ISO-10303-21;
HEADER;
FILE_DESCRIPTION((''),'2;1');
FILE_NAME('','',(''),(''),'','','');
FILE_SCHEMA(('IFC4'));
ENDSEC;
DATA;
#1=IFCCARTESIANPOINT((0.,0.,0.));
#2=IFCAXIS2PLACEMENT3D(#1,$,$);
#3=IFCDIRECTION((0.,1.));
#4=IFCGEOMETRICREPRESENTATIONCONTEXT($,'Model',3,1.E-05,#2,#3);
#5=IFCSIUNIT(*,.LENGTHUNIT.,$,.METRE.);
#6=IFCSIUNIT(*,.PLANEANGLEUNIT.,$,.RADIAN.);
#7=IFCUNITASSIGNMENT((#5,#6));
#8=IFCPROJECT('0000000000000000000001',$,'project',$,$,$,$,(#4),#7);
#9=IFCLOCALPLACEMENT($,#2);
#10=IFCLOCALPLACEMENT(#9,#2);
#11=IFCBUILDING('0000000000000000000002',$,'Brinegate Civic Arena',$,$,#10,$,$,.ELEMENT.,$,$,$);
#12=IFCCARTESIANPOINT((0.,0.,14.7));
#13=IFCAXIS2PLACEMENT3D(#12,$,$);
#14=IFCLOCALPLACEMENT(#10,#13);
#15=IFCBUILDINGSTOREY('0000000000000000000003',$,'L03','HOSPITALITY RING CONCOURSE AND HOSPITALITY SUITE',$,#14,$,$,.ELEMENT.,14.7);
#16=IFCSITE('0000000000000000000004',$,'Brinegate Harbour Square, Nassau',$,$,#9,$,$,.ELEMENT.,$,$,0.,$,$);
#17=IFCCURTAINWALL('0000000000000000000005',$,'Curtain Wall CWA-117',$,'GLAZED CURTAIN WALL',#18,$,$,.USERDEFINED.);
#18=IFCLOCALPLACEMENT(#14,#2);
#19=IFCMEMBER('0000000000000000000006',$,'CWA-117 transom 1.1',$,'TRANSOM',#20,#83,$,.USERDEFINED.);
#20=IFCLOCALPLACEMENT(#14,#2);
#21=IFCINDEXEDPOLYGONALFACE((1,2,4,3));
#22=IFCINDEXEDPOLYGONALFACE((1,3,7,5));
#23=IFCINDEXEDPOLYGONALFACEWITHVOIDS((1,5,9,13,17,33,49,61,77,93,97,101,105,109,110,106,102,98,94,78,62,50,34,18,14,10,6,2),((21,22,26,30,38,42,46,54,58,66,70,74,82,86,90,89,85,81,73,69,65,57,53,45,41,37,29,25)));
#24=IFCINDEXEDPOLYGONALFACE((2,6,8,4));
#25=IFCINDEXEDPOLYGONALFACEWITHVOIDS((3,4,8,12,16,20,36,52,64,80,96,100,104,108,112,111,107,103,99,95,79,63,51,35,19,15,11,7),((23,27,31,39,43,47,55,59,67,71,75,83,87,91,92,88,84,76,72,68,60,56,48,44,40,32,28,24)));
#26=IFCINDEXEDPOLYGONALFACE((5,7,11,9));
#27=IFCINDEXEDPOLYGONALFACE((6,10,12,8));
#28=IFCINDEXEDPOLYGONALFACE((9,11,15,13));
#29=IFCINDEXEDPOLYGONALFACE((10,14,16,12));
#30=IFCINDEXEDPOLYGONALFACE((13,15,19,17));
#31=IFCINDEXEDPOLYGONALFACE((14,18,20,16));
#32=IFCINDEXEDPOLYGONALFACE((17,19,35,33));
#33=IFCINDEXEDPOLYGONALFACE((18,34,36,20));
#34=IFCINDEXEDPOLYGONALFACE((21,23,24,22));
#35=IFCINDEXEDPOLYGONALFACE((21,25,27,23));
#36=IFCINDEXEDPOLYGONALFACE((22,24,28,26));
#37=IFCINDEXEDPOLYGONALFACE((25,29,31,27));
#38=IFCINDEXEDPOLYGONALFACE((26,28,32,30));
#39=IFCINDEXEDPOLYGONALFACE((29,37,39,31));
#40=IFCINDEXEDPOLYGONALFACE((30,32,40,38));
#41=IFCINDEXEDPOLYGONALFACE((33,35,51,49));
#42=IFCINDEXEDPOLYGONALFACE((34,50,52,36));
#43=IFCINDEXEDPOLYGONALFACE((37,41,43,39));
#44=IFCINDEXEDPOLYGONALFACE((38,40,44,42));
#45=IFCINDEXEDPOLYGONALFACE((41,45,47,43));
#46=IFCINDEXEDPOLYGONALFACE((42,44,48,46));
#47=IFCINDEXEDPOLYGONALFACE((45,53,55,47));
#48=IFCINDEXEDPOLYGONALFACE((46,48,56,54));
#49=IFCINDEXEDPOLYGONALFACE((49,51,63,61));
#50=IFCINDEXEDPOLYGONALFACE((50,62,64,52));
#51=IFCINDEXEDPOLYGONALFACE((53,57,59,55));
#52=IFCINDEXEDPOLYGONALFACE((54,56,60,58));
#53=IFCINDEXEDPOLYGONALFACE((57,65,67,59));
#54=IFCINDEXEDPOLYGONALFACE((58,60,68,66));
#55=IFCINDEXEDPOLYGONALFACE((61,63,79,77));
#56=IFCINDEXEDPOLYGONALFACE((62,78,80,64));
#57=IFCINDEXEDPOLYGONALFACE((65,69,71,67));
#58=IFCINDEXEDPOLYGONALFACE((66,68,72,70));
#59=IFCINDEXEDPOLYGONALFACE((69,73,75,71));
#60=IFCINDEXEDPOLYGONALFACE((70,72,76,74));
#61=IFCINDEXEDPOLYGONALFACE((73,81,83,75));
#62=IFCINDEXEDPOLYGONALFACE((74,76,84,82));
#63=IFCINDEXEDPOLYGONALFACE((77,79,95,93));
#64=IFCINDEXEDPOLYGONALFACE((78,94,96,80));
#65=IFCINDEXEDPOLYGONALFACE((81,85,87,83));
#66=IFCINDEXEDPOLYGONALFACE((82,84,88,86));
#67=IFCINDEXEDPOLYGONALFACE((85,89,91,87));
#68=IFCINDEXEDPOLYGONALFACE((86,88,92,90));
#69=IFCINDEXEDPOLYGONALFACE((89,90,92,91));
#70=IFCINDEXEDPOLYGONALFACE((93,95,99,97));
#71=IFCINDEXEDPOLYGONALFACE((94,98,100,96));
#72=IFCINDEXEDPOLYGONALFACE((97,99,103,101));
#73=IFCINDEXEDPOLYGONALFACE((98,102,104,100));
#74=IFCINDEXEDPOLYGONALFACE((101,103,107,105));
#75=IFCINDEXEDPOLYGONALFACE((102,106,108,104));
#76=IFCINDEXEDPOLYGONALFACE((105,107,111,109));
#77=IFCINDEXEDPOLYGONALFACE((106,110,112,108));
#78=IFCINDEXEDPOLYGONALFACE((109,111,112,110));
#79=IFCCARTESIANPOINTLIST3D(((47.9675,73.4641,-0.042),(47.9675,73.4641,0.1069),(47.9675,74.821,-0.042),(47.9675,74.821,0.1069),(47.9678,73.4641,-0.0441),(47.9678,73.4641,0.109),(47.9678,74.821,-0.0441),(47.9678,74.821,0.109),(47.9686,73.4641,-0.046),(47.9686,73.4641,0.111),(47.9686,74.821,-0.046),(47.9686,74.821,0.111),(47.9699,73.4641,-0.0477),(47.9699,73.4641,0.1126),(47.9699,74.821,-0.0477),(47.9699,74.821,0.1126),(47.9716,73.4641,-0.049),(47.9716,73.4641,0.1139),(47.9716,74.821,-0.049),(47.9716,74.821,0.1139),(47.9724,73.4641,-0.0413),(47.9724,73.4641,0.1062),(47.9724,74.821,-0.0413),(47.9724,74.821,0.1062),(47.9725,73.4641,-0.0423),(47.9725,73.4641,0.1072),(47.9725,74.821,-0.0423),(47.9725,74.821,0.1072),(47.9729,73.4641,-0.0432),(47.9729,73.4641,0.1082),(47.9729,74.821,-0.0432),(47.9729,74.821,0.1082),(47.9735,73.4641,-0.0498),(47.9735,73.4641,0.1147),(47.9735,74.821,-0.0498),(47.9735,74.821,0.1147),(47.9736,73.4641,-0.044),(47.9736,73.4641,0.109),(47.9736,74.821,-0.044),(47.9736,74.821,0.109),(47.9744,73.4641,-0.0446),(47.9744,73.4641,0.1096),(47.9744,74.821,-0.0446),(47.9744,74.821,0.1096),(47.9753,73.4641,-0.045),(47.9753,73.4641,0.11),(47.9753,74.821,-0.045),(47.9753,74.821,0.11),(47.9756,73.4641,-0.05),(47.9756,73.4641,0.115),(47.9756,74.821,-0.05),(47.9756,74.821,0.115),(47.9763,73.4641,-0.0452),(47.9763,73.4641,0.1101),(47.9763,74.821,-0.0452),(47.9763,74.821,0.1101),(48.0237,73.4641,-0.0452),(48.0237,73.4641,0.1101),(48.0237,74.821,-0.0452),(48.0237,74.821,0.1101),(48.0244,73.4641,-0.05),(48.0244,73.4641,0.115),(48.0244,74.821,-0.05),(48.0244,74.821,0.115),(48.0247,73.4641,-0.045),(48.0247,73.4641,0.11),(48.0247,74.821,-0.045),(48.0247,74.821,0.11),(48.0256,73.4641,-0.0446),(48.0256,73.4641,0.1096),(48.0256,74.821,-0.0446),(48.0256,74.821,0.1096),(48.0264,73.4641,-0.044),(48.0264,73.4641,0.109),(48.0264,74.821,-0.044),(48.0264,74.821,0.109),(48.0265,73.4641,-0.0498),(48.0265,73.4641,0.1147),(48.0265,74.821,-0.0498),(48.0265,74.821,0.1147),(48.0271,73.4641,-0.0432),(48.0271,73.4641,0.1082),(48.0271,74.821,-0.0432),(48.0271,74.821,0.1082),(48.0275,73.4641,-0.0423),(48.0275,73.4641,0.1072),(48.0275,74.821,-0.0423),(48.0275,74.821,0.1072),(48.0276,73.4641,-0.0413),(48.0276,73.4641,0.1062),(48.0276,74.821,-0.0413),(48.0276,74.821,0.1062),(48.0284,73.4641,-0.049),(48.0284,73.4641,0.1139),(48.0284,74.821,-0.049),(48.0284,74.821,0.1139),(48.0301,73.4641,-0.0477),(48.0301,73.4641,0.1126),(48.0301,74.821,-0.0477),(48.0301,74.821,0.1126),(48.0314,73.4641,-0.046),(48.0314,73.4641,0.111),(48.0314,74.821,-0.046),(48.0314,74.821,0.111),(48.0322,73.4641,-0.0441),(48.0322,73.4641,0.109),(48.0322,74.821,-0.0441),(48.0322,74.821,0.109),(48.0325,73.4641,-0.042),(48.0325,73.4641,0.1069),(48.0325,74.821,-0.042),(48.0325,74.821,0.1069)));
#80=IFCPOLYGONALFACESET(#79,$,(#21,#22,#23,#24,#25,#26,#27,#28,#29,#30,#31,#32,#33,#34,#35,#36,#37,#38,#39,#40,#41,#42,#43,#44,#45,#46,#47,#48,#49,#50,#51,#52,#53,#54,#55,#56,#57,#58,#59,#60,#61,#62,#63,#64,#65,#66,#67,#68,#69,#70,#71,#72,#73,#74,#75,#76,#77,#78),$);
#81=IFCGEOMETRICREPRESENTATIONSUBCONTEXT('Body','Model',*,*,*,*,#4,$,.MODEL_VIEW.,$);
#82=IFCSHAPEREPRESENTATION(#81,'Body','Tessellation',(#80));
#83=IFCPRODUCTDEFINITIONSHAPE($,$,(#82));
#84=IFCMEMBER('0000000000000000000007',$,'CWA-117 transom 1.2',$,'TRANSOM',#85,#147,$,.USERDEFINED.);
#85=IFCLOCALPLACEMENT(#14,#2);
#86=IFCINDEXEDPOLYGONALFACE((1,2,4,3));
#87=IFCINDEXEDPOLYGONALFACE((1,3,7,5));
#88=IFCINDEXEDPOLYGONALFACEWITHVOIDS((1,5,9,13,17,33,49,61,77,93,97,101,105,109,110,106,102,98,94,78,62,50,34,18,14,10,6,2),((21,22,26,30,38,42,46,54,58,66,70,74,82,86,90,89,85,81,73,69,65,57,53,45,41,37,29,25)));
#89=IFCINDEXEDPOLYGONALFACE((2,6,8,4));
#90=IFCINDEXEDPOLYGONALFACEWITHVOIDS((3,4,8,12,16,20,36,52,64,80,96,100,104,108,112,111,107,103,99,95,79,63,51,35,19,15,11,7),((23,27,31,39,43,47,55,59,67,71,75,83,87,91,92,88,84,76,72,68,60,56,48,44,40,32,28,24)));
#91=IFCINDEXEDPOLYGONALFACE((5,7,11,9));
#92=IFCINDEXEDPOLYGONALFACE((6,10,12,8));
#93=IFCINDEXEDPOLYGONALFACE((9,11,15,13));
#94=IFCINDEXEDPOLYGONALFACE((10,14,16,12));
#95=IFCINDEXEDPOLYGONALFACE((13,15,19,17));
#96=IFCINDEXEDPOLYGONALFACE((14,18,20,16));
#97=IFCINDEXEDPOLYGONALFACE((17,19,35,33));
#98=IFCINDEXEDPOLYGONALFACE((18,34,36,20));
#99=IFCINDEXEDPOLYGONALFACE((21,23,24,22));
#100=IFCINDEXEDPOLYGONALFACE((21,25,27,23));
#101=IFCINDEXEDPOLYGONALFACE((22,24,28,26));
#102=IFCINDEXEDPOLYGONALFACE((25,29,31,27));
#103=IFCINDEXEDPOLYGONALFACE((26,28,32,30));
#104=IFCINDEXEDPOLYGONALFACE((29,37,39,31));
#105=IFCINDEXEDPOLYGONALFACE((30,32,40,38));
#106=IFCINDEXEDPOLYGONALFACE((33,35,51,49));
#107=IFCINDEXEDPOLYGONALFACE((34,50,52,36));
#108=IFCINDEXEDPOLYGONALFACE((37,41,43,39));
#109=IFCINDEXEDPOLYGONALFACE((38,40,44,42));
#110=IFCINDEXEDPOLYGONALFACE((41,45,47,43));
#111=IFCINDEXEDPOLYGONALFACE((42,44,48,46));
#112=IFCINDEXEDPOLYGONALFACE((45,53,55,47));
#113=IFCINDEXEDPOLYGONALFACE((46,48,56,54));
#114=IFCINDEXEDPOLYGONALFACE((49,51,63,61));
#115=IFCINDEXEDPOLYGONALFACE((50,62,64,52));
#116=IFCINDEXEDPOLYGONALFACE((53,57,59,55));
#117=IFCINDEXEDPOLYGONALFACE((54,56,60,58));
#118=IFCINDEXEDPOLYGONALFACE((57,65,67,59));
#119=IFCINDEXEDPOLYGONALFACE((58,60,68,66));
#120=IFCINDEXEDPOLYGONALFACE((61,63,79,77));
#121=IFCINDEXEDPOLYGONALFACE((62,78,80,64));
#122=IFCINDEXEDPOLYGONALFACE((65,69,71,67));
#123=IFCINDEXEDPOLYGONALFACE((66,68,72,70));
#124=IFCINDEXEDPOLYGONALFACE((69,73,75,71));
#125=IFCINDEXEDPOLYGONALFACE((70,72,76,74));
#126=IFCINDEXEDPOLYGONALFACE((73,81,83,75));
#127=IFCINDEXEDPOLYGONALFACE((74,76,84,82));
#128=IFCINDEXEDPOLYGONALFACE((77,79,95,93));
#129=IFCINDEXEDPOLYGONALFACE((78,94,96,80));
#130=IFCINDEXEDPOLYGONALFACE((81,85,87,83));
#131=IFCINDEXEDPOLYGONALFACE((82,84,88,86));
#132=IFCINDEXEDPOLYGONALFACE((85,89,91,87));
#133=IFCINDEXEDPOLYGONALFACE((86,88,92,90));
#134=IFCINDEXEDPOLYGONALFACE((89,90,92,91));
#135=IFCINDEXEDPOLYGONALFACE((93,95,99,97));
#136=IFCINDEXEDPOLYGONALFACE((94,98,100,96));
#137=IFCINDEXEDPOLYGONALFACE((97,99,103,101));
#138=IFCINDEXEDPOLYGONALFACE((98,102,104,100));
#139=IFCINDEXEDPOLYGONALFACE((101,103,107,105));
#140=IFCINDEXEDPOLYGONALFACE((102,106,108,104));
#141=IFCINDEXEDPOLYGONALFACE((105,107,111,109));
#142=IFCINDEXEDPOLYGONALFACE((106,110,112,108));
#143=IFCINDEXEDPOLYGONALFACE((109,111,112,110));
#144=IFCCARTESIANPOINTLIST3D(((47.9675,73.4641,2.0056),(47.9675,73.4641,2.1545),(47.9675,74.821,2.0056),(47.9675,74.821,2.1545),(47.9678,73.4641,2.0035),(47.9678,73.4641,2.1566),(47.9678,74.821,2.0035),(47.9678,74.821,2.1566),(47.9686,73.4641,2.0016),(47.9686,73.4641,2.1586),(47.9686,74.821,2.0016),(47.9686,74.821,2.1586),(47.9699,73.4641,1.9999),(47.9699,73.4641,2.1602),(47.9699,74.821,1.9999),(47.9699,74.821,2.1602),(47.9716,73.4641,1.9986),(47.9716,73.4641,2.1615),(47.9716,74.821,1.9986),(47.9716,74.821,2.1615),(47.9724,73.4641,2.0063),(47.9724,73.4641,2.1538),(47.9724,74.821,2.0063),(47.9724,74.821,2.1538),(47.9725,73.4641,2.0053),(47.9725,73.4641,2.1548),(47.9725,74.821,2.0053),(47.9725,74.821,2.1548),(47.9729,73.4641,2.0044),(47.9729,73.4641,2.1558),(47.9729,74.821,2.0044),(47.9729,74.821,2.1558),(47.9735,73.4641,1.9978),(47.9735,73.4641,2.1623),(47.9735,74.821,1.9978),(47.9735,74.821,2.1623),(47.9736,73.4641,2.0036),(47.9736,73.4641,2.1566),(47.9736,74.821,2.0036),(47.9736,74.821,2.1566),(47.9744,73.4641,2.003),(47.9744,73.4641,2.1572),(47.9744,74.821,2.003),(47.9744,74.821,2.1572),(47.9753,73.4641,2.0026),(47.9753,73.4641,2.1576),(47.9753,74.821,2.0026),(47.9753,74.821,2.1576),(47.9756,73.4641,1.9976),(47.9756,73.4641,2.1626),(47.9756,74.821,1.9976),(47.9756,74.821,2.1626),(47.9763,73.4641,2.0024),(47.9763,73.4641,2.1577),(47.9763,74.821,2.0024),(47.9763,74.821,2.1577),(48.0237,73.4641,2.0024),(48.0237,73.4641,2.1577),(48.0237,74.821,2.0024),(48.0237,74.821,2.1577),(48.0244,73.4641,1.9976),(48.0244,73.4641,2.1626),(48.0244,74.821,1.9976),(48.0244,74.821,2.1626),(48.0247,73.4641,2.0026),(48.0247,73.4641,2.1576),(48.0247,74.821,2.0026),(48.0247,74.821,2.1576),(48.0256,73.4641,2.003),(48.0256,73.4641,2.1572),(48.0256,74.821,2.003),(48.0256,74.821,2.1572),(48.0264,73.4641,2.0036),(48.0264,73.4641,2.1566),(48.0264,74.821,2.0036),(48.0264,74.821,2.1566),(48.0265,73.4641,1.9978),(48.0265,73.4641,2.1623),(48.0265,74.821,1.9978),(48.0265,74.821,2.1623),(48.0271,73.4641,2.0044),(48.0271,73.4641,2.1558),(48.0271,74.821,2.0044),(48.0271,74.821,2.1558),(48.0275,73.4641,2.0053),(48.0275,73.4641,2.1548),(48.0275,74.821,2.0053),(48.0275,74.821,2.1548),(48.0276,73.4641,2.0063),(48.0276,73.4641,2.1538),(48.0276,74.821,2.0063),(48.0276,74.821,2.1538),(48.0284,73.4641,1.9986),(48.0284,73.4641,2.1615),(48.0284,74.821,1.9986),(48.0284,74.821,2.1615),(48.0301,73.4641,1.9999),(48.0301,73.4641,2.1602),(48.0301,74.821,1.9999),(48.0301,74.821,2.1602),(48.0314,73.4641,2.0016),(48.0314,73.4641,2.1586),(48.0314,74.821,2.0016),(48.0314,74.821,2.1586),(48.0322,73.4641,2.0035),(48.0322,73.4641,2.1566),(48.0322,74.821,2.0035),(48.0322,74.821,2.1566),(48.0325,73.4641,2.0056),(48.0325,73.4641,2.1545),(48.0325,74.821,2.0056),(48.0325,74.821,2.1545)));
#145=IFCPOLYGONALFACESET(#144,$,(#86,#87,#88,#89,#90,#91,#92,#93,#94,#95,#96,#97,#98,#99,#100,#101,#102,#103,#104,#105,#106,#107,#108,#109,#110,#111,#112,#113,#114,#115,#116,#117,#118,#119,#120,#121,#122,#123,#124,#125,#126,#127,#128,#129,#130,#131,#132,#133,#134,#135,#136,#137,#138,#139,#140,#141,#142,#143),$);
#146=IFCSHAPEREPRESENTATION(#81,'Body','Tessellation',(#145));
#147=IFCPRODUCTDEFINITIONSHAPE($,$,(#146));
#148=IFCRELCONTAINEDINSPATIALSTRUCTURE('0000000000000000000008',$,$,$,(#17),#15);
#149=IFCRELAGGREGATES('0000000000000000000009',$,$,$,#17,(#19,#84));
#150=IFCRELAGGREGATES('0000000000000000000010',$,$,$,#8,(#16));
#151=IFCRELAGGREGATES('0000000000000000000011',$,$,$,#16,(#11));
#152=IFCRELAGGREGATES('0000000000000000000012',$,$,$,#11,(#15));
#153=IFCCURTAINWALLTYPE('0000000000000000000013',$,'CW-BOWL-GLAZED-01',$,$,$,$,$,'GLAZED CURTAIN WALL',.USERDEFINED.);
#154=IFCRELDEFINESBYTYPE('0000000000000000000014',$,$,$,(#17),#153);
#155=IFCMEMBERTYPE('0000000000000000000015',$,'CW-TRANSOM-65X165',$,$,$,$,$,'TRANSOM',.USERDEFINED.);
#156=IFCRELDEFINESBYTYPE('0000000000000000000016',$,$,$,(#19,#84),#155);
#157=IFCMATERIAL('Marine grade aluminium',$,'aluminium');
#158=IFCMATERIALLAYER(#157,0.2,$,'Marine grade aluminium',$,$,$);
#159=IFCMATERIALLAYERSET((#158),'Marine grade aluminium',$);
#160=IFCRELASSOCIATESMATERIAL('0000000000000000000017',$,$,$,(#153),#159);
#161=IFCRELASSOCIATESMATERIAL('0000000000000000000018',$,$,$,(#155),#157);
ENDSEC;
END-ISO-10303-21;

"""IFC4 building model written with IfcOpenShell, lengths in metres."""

from ifc_helpers import new_model, si_unit, direction, frame, origin, origin_2d, place, context, subcontext, project, spatial, hollow_rectangle, extrude, material, layer, layer_set, material_profile, profile_set, type_object, element, aggregate, save


model = new_model("IFC4")

# Units and contexts
model_context = context("Model", 3, precision=1e-05, world=origin(), true_north=direction((0.0, 1.0)))
body_context = subcontext(model_context, "Body", "Model", "MODEL_VIEW")
ifc_project = project(units=[si_unit("LENGTHUNIT", "METRE"), si_unit("PLANEANGLEUNIT", "RADIAN")], contexts=[model_context])

# Site, building, storey
site_placement = place(None, origin())
site = spatial("IfcSite", under=ifc_project, at=site_placement, Name="Brinegate Harbour Square, Nassau", CompositionType="ELEMENT", RefElevation=0.0)
building_placement = place(site_placement, origin())
building = spatial("IfcBuilding", under=site, at=building_placement, Name="Brinegate Civic Arena", CompositionType="ELEMENT")
storey_placement = place(building_placement, frame((0.0, 0.0, 14.7)))
storey = spatial("IfcBuildingStorey", under=building, at=storey_placement, Name="L03", Description="HOSPITALITY RING CONCOURSE AND HOSPITALITY SUITE", CompositionType="ELEMENT", Elevation=14.7)

# Curtain wall
ifc_material_1 = material(Name="Marine grade aluminium", Category="aluminium")
ifc_layer_1 = layer(ifc_material_1, 0.2, Name="Marine grade aluminium")
ifc_layer_set_1 = layer_set([ifc_layer_1], Name="Marine grade aluminium")
curtain_wall_type = type_object("IfcCurtainWallType", Name="CW-BOWL-GLAZED-01", ElementType="GLAZED CURTAIN WALL", PredefinedType="USERDEFINED", material=ifc_layer_set_1)
curtain_wall_1_placement = place(storey_placement, origin())
curtain_wall_1 = element("IfcCurtainWall", 1, at=curtain_wall_1_placement, inside=storey, type_object=curtain_wall_type, Name="Curtain Wall CWA-117", ObjectType="GLAZED CURTAIN WALL", PredefinedType="USERDEFINED")

# Members
ifc_material_profile_1 = material_profile(ifc_material_1, hollow_rectangle(XDim=0.0649, YDim=0.165, WallThickness=0.0049, InnerFilletRadius=0.0039, OuterFilletRadius=0.0081, at=origin_2d()), Name="TRN65X165")
ifc_profile_set_1 = profile_set([ifc_material_profile_1], Name="Marine grade aluminium")
member_type_1 = type_object("IfcMemberType", Name="CW-TRANSOM-65X165", ElementType="TRANSOM", PredefinedType="USERDEFINED", material=ifc_profile_set_1)
member_1_placement = place(storey_placement, frame((48.0, 73.4641, 0.0325), z_axis=(0.0, 1.0, 0.0), x_axis=(-1.0, 0.0, 0.0)))
member_1 = element("IfcMember", 2, at=member_1_placement, type_object=member_type_1, Name="CWA-117 transom 1.1", ObjectType="TRANSOM", PredefinedType="USERDEFINED", context=body_context, shape_type="SweptSolid", body=[
    extrude(hollow_rectangle(XDim=0.0649, YDim=0.165, WallThickness=0.0049, InnerFilletRadius=0.0039, OuterFilletRadius=0.0081, at=origin_2d()), origin(), (0.0, 0.0, 1.0), 1.3569),
])
member_2_placement = place(storey_placement, frame((48.0, 73.4641, 2.0801), z_axis=(0.0, 1.0, 0.0), x_axis=(-1.0, 0.0, 0.0)))
member_2 = element("IfcMember", 3, at=member_2_placement, type_object=member_type_1, Name="CWA-117 transom 1.2", ObjectType="TRANSOM", PredefinedType="USERDEFINED", context=body_context, shape_type="SweptSolid", body=[
    extrude(hollow_rectangle(XDim=0.0649, YDim=0.165, WallThickness=0.0049, InnerFilletRadius=0.0039, OuterFilletRadius=0.0081, at=origin_2d()), origin(), (0.0, 0.0, 1.0), 1.3569),
])

aggregate(curtain_wall_1, [member_1, member_2])

save(model, "model.ifc")
